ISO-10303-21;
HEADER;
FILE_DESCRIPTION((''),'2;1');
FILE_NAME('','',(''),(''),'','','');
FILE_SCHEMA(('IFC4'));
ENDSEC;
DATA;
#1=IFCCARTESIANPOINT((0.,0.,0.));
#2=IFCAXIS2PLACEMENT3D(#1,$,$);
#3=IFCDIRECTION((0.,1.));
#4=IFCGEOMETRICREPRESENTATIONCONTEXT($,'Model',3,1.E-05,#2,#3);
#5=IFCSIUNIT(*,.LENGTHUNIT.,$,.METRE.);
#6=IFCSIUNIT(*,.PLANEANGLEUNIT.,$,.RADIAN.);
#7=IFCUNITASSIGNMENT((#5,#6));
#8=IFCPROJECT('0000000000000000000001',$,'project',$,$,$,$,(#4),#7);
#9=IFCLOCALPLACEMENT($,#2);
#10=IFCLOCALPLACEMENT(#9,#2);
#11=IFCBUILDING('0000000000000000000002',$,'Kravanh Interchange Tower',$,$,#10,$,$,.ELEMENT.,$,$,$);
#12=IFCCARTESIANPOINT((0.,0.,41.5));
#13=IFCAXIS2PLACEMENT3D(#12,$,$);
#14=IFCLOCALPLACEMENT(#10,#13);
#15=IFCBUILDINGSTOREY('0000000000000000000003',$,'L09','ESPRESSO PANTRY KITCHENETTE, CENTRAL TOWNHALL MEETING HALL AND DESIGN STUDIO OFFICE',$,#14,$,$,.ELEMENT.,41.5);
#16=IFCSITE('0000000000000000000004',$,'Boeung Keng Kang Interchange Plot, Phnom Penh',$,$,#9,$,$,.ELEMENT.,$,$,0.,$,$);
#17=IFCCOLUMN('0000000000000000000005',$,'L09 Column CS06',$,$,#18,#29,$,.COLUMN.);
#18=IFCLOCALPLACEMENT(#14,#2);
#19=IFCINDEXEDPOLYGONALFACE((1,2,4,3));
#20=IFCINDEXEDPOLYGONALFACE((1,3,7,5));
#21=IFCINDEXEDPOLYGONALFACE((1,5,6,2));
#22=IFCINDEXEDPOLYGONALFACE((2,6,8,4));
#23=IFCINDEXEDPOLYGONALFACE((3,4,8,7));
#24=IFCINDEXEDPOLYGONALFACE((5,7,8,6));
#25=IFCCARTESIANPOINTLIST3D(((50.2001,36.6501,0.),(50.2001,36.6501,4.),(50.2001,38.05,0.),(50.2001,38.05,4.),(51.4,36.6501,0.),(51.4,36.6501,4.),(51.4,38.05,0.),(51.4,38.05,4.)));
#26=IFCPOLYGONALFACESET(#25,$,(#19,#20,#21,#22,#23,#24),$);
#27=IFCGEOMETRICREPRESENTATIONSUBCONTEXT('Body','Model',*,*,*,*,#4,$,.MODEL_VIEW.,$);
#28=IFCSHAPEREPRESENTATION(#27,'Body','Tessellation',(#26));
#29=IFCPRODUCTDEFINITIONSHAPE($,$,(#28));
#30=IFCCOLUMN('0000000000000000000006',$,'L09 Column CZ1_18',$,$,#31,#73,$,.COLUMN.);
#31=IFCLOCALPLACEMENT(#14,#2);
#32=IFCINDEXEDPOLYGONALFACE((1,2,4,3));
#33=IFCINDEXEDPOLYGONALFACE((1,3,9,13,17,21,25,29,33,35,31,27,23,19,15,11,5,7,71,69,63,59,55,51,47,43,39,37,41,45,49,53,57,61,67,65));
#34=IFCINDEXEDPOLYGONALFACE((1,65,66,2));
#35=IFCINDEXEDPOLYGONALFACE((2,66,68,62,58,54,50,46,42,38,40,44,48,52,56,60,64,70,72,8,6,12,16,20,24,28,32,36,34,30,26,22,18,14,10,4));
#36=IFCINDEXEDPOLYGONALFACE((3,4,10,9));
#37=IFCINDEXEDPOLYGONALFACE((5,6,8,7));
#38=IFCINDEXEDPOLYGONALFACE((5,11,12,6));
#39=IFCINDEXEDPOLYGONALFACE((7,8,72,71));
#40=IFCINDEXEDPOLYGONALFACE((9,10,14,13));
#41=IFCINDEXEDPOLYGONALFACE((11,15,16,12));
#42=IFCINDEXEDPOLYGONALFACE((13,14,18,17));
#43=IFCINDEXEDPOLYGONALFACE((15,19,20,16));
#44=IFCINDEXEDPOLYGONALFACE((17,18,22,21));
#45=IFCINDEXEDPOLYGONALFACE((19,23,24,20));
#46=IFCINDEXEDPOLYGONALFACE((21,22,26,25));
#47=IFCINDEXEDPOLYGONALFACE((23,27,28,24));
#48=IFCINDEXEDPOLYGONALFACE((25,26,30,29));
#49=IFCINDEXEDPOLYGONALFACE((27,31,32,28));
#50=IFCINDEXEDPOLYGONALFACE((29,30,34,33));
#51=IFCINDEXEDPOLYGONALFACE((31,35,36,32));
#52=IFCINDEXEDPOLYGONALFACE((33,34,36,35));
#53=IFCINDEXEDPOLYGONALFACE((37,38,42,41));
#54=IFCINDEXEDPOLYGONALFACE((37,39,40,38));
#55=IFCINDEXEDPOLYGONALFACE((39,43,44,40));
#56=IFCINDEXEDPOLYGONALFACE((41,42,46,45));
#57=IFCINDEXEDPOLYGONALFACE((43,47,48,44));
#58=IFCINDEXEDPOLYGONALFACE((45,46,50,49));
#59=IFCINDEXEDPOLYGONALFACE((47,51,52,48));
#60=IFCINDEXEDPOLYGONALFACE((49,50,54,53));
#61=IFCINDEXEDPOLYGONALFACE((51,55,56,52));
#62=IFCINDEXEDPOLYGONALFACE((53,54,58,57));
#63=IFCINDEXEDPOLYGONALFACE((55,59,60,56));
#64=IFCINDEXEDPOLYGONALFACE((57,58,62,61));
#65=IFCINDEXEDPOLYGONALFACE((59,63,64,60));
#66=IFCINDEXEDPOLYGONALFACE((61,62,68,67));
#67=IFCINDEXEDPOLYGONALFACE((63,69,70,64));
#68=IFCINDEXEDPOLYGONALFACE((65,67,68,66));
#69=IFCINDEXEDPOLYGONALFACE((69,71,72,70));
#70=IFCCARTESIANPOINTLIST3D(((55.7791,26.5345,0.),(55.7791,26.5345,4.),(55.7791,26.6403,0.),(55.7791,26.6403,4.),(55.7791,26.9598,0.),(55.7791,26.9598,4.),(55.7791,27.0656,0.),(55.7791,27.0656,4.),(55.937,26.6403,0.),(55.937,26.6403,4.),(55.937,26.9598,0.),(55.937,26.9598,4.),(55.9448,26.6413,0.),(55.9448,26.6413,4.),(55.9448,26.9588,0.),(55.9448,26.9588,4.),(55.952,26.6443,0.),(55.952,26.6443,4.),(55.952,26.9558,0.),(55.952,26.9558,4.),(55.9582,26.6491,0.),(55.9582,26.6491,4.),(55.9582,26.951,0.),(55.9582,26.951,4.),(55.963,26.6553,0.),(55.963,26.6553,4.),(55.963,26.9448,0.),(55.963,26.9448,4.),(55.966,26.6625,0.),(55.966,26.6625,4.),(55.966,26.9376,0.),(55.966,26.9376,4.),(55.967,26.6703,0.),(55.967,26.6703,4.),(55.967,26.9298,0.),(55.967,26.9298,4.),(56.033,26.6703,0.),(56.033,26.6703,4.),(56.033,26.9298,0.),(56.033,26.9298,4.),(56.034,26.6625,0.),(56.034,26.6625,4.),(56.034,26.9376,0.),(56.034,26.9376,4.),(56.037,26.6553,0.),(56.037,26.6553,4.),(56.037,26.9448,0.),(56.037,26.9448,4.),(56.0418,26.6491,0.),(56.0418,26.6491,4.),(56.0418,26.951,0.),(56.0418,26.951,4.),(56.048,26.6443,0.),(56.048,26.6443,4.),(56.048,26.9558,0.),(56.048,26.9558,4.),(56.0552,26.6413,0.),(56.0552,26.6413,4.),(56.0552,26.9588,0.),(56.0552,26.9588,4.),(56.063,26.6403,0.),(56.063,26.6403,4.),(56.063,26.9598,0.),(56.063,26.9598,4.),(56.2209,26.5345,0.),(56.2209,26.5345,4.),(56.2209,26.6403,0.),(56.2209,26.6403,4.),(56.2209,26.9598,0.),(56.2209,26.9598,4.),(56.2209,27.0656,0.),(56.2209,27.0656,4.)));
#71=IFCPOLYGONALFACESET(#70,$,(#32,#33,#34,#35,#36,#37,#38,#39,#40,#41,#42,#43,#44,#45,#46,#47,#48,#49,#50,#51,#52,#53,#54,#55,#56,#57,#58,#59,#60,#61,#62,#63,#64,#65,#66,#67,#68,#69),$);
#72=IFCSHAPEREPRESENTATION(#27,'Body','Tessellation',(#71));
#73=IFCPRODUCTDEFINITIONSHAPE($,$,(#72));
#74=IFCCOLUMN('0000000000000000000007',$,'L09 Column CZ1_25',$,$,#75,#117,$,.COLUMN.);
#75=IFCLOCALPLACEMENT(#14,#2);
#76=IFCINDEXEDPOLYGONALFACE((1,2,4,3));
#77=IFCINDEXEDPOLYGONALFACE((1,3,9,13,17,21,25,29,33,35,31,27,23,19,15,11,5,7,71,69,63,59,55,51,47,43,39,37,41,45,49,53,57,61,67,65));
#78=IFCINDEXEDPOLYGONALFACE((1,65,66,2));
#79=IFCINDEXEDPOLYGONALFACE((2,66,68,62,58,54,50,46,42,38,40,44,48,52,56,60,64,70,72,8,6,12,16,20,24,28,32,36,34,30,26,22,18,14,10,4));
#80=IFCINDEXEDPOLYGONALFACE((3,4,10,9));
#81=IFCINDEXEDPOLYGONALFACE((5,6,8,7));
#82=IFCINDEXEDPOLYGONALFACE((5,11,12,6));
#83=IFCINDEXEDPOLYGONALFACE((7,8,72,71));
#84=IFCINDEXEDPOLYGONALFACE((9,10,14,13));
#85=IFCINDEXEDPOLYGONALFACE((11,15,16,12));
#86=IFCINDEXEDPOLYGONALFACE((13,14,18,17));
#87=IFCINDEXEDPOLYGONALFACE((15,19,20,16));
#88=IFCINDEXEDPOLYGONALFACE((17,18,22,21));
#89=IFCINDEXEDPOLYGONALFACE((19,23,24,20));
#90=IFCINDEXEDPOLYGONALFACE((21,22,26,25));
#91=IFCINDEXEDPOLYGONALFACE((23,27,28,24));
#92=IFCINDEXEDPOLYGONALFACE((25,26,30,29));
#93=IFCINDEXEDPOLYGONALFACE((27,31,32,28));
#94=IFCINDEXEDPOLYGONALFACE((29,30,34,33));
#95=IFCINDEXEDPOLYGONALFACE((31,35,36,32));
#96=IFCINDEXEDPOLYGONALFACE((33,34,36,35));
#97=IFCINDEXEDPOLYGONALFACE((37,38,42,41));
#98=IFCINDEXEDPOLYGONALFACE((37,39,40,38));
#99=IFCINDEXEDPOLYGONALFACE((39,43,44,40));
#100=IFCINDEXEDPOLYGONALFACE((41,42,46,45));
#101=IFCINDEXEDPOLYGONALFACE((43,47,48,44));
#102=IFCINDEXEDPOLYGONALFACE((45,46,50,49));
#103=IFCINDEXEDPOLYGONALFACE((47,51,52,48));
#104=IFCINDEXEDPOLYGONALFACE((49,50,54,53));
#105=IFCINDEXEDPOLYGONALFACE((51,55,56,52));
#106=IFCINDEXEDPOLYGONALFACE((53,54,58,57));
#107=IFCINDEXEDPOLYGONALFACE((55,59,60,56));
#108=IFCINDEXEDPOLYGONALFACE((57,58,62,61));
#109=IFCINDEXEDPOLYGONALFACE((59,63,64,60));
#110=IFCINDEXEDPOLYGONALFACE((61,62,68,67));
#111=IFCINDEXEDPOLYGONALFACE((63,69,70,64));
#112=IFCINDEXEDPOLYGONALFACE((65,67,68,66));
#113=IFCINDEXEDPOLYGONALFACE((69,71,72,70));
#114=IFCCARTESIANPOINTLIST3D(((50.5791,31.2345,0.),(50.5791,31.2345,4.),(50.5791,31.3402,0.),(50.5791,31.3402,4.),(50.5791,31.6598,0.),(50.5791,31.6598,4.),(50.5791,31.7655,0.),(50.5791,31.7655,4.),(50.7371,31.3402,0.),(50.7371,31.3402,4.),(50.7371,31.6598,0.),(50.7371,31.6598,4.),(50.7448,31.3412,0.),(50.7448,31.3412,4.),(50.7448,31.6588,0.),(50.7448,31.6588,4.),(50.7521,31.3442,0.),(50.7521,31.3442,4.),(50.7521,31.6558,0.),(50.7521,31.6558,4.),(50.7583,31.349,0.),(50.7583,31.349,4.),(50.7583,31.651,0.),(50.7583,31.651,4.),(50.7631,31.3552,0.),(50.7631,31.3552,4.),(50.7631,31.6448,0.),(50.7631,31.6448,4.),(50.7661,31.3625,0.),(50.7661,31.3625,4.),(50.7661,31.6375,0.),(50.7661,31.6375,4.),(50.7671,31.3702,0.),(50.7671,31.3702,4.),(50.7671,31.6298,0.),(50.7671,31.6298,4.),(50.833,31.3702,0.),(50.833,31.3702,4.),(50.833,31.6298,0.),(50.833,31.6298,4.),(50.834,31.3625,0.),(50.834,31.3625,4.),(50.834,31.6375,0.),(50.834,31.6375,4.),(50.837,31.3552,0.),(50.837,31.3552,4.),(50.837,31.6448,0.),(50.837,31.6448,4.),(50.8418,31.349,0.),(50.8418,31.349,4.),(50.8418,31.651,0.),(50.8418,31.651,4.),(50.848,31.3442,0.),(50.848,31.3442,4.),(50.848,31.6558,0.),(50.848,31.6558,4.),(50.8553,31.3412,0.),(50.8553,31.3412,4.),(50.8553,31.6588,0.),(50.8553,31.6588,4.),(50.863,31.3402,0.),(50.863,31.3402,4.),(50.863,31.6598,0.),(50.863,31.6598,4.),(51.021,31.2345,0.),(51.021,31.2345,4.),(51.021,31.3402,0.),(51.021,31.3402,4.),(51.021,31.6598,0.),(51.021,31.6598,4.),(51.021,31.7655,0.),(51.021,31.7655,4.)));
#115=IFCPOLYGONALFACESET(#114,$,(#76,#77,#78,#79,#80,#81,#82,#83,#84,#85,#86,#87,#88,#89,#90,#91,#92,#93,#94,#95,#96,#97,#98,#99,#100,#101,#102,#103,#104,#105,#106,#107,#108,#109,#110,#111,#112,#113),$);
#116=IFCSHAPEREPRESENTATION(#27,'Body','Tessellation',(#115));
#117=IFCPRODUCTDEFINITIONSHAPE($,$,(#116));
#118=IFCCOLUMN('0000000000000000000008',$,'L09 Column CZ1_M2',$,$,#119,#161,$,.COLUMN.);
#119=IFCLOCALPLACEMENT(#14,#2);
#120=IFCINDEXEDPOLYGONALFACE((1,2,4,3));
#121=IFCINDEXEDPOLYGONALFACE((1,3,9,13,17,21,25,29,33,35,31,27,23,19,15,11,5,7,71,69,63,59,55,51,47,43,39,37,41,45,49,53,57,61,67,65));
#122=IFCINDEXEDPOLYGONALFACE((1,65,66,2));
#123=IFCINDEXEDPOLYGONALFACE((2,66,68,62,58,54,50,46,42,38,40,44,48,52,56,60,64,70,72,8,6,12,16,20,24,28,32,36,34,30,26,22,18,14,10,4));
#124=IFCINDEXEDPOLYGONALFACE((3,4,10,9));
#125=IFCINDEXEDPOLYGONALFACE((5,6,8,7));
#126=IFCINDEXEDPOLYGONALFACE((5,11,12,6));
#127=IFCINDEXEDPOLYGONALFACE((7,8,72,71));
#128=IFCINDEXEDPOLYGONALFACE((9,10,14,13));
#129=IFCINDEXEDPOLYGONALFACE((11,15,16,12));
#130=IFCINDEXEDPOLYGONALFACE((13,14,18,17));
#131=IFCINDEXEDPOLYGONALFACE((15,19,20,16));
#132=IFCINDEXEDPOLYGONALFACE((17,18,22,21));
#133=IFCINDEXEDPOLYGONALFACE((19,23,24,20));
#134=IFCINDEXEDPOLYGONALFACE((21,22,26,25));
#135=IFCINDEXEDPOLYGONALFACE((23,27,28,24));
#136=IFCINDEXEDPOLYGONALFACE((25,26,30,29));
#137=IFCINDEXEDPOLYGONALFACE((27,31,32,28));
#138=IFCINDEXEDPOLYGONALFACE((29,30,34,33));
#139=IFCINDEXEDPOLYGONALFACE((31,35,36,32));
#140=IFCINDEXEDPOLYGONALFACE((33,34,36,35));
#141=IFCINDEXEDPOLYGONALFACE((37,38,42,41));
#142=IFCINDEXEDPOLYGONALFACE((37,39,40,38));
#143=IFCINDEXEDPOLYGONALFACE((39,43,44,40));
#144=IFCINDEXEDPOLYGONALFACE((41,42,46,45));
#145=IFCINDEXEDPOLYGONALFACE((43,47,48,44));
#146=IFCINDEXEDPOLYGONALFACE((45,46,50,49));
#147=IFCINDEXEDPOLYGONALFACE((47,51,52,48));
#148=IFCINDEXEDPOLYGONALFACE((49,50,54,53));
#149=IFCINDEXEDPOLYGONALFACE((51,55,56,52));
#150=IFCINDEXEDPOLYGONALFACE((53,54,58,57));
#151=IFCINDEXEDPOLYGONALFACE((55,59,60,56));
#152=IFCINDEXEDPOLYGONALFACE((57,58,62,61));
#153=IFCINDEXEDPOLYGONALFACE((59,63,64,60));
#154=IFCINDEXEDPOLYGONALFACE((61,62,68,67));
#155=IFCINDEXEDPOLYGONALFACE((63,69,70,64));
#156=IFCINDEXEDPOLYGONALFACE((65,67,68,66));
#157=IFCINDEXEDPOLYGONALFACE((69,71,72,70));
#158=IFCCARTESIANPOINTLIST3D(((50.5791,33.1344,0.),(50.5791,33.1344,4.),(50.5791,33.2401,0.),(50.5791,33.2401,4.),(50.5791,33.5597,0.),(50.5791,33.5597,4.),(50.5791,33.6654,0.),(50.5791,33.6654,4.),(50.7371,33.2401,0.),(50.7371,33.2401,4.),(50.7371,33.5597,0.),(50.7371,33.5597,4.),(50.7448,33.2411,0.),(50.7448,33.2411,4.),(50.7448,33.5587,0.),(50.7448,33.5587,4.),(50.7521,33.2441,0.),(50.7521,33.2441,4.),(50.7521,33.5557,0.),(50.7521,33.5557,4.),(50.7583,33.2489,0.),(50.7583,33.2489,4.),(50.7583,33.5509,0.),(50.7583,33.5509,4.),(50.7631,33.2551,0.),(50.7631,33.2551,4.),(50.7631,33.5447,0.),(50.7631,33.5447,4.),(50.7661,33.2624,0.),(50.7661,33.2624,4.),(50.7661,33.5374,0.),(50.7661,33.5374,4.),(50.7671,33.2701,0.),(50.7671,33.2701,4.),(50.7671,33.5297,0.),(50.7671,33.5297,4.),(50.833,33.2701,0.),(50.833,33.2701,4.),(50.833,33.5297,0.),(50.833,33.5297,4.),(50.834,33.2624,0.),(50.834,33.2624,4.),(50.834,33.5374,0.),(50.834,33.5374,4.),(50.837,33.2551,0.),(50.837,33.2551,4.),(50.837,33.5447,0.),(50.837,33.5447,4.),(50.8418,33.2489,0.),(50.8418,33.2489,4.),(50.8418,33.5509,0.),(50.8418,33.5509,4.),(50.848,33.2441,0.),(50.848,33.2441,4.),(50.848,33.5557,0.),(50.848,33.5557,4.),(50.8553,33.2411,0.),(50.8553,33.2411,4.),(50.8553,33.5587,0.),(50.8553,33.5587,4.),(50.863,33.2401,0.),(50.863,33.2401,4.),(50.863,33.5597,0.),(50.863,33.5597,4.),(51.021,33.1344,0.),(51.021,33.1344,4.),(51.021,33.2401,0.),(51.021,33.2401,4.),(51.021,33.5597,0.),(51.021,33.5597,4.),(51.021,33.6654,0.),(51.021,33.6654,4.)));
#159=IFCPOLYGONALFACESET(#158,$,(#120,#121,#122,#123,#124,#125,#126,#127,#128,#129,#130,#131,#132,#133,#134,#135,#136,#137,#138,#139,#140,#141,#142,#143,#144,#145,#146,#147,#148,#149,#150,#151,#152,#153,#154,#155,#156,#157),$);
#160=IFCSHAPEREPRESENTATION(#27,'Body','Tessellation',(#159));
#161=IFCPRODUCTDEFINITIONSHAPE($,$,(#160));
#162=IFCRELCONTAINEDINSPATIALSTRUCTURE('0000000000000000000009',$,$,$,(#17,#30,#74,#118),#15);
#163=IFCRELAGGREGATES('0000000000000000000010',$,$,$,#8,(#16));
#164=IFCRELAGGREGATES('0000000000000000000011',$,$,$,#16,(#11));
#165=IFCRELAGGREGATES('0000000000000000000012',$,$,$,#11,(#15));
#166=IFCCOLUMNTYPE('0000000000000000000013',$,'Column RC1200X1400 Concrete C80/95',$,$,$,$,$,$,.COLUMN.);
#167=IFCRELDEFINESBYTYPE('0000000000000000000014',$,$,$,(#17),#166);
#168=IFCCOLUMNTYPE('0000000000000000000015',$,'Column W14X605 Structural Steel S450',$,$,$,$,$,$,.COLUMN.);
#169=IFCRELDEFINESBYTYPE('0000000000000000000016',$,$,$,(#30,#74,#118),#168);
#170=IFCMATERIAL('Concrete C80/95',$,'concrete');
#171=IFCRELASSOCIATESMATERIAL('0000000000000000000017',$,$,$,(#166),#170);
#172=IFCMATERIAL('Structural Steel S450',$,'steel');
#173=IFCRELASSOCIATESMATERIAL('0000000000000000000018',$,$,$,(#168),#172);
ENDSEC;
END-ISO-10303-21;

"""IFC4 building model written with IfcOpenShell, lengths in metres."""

from ifc_helpers import new_model, si_unit, direction, frame, origin, origin_2d, place, context, subcontext, project, spatial, rectangle, i_section, extrude, material, material_profile, profile_set, type_object, element, save


model = new_model("IFC4")

# Units and contexts
model_context = context("Model", 3, precision=1e-05, world=origin(), true_north=direction((0.0, 1.0)))
body_context = subcontext(model_context, "Body", "Model", "MODEL_VIEW")
ifc_project = project(units=[si_unit("LENGTHUNIT", "METRE"), si_unit("PLANEANGLEUNIT", "RADIAN")], contexts=[model_context])

# Site, building, storey
site_placement = place(None, origin())
site = spatial("IfcSite", under=ifc_project, at=site_placement, Name="Boeung Keng Kang Interchange Plot, Phnom Penh", CompositionType="ELEMENT", RefElevation=0.0)
building_placement = place(site_placement, origin())
building = spatial("IfcBuilding", under=site, at=building_placement, Name="Kravanh Interchange Tower", CompositionType="ELEMENT")
storey_placement = place(building_placement, frame((0.0, 0.0, 41.5)))
storey = spatial("IfcBuildingStorey", under=building, at=storey_placement, Name="L09", Description="ESPRESSO PANTRY KITCHENETTE, CENTRAL TOWNHALL MEETING HALL AND DESIGN STUDIO OFFICE", CompositionType="ELEMENT", Elevation=41.5)

# Columns
ifc_material_1 = material(Name="Concrete C80/95", Category="concrete")
ifc_material_profile_1 = material_profile(ifc_material_1, rectangle(XDim=1.2, YDim=1.3999, at=origin_2d()), Name="RC1200X1400")
ifc_profile_set_1 = profile_set([ifc_material_profile_1], Name="Concrete C80/95")
column_type_1 = type_object("IfcColumnType", Name="Column RC1200X1400 Concrete C80/95", PredefinedType="COLUMN", material=ifc_profile_set_1)
column_placement = place(storey_placement, frame((50.8, 37.3501, 0.0), z_axis=(0.0, 0.0, 1.0), x_axis=(1.0, 0.0, 0.0)))
element("IfcColumn", 1, at=column_placement, inside=storey, type_object=column_type_1, Name="L09 Column CS06", PredefinedType="COLUMN", context=body_context, shape_type="SweptSolid", body=[
    extrude(rectangle(XDim=1.2, YDim=1.3999, at=origin_2d()), origin(), (0.0, 0.0, 1.0), 4.0),
])
ifc_material_2 = material(Name="Structural Steel S450", Category="steel")
ifc_material_profile_2 = material_profile(ifc_material_2, i_section(OverallWidth=0.4419, OverallDepth=0.531, WebThickness=0.0659, FlangeThickness=0.1057, FilletRadius=0.03, at=origin_2d()), Name="W14X605")
ifc_profile_set_2 = profile_set([ifc_material_profile_2], Name="Structural Steel S450")
column_type_2 = type_object("IfcColumnType", Name="Column W14X605 Structural Steel S450", PredefinedType="COLUMN", material=ifc_profile_set_2)
for number, where, z_axis, x_axis, name in (
    (2, (56.0, 26.8, 0.0), (0.0, 0.0, 1.0), (1.0, 0.0, 0.0), "L09 Column CZ1_18"),
    (3, (50.8, 31.5, 0.0), (0.0, 0.0, 1.0), (1.0, 0.0, 0.0), "L09 Column CZ1_25"),
    (4, (50.8, 33.3999, 0.0), (0.0, 0.0, 1.0), (1.0, 0.0, 0.0), "L09 Column CZ1_M2"),
):
    element("IfcColumn", number, at=place(storey_placement, frame(where, z_axis=z_axis, x_axis=x_axis)), inside=storey, type_object=column_type_2, Name=name, PredefinedType="COLUMN", context=body_context, shape_type="SweptSolid", body=[
        extrude(i_section(OverallWidth=0.4419, OverallDepth=0.531, WebThickness=0.0659, FlangeThickness=0.1057, FilletRadius=0.03, at=origin_2d()), origin(), (0.0, 0.0, 1.0), 4.0),
    ])

save(model, "model.ifc")
